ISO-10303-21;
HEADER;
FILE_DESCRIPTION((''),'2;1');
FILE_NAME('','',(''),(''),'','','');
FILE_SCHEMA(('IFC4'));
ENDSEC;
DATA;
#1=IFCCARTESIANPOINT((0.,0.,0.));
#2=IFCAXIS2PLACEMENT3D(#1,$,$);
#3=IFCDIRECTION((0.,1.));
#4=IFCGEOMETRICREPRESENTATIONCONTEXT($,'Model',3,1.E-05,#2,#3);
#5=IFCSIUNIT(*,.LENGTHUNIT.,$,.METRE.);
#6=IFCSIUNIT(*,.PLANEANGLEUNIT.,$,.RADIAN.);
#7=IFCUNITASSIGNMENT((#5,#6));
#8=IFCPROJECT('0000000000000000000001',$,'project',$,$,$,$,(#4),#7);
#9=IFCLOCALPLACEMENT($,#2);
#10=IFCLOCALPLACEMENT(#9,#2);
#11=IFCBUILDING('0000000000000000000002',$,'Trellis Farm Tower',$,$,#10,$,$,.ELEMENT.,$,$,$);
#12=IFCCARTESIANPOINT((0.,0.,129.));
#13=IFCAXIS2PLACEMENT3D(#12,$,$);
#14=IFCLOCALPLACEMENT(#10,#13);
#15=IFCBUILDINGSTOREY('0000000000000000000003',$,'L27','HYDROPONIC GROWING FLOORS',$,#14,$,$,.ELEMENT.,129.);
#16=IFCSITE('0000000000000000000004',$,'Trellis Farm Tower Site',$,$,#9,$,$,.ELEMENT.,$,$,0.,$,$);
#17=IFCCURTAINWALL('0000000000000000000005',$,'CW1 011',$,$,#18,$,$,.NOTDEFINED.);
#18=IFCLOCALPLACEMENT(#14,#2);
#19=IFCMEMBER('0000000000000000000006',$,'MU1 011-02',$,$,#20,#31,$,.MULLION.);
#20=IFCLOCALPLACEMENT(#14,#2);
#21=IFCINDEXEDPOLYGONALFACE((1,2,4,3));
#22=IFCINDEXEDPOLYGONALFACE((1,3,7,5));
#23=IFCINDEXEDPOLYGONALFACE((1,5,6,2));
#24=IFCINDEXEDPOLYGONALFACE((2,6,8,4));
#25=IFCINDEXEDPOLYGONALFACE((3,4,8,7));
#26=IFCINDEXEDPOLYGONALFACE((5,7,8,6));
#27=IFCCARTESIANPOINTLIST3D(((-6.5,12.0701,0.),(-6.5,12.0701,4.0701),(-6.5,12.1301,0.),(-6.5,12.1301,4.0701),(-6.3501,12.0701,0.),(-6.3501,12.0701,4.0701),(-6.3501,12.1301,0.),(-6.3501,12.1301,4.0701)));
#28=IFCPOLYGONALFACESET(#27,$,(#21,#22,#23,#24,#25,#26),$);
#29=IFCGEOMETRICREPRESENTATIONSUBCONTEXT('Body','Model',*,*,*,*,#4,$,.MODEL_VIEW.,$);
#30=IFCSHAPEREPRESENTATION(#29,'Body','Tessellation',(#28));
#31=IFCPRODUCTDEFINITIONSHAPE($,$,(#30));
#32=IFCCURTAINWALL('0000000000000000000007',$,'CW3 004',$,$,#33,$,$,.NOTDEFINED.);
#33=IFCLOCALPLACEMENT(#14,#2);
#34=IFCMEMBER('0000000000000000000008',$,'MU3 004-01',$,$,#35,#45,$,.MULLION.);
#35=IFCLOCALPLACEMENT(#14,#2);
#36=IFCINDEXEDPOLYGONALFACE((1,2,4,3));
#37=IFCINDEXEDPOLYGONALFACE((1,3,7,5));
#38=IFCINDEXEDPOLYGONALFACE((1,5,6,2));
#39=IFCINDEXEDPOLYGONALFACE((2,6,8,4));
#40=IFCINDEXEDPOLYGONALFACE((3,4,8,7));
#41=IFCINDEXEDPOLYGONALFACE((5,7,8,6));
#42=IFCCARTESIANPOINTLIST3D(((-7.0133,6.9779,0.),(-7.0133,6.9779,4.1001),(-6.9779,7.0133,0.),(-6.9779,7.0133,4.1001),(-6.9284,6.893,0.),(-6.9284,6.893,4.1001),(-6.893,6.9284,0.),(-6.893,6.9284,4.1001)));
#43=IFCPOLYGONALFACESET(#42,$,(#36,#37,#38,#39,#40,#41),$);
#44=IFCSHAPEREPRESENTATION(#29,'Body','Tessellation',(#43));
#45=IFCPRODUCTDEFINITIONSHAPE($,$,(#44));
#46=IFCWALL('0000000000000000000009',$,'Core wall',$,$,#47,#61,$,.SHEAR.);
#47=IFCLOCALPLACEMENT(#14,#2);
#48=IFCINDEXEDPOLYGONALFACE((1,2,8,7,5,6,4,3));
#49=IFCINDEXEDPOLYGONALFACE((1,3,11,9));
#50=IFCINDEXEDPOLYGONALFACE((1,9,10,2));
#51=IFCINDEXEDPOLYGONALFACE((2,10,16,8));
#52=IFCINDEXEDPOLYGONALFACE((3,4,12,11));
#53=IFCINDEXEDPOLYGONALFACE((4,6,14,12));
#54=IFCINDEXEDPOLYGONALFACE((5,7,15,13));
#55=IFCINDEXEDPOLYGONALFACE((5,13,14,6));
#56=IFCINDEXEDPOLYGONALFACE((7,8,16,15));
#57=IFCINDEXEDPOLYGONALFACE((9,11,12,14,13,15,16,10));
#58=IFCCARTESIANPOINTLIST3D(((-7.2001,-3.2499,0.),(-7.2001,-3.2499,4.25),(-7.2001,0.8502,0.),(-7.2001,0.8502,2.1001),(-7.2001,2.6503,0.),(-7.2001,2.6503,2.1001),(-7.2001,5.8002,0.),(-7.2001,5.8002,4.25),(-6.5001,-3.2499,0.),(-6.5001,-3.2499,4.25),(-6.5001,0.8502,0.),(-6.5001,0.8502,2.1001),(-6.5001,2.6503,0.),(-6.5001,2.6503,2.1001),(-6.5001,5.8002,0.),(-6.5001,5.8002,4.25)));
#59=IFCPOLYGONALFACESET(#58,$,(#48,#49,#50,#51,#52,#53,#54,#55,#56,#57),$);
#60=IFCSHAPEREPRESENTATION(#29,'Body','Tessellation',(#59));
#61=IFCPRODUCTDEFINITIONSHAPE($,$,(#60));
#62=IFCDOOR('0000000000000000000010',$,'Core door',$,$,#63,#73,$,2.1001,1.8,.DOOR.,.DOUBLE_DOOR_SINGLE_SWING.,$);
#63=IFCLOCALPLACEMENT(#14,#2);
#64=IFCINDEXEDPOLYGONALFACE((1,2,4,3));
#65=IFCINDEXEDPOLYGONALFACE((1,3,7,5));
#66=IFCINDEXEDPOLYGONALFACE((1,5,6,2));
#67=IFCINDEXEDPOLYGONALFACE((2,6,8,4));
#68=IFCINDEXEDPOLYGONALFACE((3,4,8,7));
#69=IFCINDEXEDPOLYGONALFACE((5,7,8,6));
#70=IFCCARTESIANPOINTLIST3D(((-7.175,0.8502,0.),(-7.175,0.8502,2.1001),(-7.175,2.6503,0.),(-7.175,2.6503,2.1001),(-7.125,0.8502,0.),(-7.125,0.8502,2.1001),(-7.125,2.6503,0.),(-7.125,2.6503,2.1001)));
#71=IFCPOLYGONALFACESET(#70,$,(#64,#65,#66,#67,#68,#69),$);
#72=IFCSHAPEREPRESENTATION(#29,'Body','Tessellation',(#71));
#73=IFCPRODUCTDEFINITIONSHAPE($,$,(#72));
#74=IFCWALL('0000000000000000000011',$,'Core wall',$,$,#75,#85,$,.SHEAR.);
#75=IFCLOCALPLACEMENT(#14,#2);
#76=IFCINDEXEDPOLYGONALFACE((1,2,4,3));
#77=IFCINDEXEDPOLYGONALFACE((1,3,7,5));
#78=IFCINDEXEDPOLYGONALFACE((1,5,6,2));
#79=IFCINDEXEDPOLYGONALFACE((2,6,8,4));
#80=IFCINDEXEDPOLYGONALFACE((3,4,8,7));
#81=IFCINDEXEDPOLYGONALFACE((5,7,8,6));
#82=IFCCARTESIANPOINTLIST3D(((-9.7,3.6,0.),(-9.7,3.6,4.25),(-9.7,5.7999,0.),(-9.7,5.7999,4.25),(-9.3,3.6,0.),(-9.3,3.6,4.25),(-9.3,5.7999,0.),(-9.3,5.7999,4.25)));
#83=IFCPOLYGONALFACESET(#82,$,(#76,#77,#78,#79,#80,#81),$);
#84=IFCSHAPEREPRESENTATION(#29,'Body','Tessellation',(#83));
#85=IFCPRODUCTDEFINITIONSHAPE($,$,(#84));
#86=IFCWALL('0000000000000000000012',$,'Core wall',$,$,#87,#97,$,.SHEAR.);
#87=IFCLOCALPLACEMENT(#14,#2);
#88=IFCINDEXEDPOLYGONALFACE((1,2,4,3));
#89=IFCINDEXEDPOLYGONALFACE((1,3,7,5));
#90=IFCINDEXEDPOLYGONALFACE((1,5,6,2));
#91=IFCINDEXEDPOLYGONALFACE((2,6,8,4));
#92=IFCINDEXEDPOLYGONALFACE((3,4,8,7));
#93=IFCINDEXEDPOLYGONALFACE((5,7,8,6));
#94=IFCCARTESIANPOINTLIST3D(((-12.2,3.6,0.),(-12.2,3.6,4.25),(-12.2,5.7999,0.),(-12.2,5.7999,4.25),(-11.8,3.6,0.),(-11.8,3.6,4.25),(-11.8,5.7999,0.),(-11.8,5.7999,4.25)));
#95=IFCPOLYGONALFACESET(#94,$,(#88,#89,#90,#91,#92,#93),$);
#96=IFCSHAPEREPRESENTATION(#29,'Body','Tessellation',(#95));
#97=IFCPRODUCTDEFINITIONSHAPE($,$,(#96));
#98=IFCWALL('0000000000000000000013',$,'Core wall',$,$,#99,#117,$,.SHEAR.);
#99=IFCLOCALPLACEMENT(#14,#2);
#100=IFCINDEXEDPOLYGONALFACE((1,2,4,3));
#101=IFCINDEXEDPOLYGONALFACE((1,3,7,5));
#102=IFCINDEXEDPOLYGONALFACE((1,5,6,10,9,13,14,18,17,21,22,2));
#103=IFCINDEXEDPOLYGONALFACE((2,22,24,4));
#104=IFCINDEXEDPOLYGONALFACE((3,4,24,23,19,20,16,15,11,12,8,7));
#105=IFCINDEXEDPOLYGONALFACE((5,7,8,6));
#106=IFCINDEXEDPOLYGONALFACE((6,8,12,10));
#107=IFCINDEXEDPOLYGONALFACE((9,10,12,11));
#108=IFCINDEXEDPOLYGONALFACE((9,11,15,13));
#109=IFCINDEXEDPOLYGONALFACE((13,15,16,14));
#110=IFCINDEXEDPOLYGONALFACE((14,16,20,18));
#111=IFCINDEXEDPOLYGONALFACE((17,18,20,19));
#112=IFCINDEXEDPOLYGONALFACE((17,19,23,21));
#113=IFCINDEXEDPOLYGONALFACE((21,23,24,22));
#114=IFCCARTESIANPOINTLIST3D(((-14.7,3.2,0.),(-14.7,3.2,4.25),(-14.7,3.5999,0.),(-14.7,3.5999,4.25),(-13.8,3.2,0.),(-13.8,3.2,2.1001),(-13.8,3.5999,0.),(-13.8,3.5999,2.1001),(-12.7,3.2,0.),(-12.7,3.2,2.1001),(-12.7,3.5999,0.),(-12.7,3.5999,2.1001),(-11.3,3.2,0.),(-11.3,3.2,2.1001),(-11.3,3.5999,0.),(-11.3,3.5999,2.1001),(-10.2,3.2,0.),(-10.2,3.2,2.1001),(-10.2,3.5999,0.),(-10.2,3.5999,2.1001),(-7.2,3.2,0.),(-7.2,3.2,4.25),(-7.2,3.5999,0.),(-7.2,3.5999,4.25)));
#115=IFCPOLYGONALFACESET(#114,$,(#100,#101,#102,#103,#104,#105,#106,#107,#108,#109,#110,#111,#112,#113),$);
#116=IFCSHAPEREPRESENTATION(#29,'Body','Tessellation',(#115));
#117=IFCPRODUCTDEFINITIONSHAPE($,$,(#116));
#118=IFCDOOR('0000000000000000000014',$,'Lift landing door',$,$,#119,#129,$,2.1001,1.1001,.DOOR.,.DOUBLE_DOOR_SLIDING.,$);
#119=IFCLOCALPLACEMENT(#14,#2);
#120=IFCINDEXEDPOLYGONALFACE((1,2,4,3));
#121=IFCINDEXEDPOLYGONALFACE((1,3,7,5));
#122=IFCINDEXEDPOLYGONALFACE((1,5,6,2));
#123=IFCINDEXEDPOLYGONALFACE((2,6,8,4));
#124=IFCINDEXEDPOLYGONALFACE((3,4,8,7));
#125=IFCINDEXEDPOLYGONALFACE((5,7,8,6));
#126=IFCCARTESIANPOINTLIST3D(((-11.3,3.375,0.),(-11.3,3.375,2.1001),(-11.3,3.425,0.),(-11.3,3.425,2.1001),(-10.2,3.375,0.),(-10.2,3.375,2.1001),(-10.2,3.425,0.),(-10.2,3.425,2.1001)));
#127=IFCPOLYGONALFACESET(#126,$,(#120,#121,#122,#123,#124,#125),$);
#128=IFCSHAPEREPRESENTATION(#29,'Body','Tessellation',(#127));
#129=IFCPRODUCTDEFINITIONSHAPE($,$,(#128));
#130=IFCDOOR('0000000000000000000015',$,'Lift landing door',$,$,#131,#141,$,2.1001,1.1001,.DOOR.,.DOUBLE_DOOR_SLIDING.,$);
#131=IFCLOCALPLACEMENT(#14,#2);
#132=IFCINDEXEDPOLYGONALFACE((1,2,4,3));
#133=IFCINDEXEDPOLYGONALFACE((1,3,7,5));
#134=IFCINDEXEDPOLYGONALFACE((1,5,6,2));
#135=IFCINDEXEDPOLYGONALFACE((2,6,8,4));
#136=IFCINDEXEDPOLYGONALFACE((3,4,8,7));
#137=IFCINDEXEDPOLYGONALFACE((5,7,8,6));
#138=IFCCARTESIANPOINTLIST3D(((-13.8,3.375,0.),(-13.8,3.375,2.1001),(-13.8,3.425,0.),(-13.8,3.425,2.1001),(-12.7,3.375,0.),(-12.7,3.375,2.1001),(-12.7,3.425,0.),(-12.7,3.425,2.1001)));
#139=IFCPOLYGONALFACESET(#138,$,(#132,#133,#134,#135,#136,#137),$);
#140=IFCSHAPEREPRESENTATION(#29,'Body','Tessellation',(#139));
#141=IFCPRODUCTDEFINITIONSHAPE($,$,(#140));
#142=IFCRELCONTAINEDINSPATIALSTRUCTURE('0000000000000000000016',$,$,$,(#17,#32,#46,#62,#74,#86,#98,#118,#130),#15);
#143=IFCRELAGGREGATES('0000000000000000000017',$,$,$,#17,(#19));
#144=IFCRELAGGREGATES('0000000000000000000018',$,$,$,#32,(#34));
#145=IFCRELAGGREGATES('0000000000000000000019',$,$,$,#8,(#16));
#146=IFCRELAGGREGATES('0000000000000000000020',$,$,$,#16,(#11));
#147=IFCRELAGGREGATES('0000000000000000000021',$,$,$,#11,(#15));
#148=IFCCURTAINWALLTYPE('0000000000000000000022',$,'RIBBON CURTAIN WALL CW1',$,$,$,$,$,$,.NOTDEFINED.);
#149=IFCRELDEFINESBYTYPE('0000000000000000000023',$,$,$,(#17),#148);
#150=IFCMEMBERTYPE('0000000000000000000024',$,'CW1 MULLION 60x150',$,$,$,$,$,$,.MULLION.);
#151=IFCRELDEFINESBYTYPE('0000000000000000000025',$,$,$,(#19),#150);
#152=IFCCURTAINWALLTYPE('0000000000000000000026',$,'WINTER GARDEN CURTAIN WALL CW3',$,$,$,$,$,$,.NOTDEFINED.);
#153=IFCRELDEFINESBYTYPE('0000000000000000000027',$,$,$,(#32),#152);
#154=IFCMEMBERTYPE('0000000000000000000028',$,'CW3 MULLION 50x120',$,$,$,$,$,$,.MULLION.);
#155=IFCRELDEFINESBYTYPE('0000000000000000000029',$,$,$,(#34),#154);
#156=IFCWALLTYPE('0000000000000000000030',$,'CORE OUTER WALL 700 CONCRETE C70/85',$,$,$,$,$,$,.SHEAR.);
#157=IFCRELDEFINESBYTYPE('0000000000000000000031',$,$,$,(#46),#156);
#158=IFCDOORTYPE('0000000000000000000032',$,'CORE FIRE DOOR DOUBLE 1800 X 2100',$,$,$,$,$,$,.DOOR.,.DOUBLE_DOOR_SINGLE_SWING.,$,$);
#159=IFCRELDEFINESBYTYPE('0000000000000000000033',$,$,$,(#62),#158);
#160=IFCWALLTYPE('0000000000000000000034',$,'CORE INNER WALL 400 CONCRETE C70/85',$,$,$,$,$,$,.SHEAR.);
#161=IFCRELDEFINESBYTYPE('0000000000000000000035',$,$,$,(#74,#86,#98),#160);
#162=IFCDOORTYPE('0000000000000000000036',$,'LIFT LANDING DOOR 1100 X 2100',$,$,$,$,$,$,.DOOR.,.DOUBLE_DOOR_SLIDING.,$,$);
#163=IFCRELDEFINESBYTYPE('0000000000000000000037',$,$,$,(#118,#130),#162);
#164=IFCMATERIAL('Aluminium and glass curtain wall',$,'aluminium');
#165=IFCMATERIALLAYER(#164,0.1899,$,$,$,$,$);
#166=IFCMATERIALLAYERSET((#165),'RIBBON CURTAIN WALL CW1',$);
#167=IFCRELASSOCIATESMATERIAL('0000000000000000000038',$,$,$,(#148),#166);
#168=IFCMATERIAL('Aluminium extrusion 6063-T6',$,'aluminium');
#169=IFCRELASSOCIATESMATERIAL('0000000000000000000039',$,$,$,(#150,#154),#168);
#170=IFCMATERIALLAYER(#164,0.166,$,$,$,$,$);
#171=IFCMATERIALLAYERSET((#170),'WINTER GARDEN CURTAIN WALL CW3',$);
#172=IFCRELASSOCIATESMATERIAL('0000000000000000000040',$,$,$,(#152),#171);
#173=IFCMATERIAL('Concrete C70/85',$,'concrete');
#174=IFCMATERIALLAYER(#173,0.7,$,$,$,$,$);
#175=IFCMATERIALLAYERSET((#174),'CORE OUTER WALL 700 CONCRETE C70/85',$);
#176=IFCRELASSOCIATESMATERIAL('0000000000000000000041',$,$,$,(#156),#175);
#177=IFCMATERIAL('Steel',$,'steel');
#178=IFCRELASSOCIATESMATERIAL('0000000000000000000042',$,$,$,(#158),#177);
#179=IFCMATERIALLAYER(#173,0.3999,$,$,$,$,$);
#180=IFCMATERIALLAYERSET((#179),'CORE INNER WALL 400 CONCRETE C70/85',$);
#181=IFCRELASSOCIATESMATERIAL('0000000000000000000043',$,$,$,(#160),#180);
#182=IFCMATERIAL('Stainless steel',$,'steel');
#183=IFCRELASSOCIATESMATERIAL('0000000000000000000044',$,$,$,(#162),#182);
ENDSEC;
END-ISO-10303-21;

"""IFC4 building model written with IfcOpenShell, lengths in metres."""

from ifc_helpers import new_model, si_unit, direction, frame, frame_2d, origin, origin_2d, place, context, subcontext, project, spatial, rectangle, extrude, source, transform, mapped, material, layer, layer_set, material_profile, profile_set, type_object, element, fill, aggregate, save


model = new_model("IFC4")

# Units and contexts
model_context = context("Model", 3, precision=1e-05, world=origin(), true_north=direction((0.0, 1.0)))
body_context = subcontext(model_context, "Body", "Model", "MODEL_VIEW")
ifc_project = project(units=[si_unit("LENGTHUNIT", "METRE"), si_unit("PLANEANGLEUNIT", "RADIAN")], contexts=[model_context])

# Site, building, storey
site_placement = place(None, origin())
site = spatial("IfcSite", under=ifc_project, at=site_placement, Name="Trellis Farm Tower Site", CompositionType="ELEMENT", RefElevation=0.0)
building_placement = place(site_placement, origin())
building = spatial("IfcBuilding", under=site, at=building_placement, Name="Trellis Farm Tower", CompositionType="ELEMENT")
storey_placement = place(building_placement, frame((0.0, 0.0, 129.0)))
storey = spatial("IfcBuildingStorey", under=building, at=storey_placement, Name="L27", Description="HYDROPONIC GROWING FLOORS", CompositionType="ELEMENT", Elevation=129.0)

# Shared definitions
ifc_material_1 = material(Name="Aluminium and glass curtain wall", Category="aluminium")
ifc_layer_1 = layer(ifc_material_1, 0.1899)
ifc_layer_set_1 = layer_set([ifc_layer_1], Name="RIBBON CURTAIN WALL CW1")
curtain_wall_type_1 = type_object("IfcCurtainWallType", Name="RIBBON CURTAIN WALL CW1", PredefinedType="NOTDEFINED", material=ifc_layer_set_1)
placement = place(storey_placement, origin())
ifc_material_2 = material(Name="Aluminium extrusion 6063-T6", Category="aluminium")
ifc_material_profile_1 = material_profile(ifc_material_2, rectangle(XDim=0.0601, YDim=0.1499, at=origin_2d()), Name="MULLION 60x150")
ifc_profile_set_1 = profile_set([ifc_material_profile_1], Name="Aluminium extrusion 6063-T6")
member_type_1 = type_object("IfcMemberType", Name="CW1 MULLION 60x150", PredefinedType="MULLION", material=ifc_profile_set_1)
shared_shape_1 = source(origin(), body_context, "Body", "SweptSolid", [
    extrude(rectangle(XDim=0.0601, YDim=0.1499, at=origin_2d()), origin(), (0.0, 0.0, 1.0), 4.0701),
])

# Curtain wall, member
curtain_wall_1 = element("IfcCurtainWall", 1, at=placement, inside=storey, type_object=curtain_wall_type_1, Name="CW1 011", PredefinedType="NOTDEFINED")
member_1_placement = place(storey_placement, frame((-6.425, 12.1001, 0.0), z_axis=(0.0, 0.0, 1.0), x_axis=(0.0, -1.0, 0.0)))
member_1 = element("IfcMember", 2, at=member_1_placement, type_object=member_type_1, Name="MU1 011-02", PredefinedType="MULLION", context=body_context, shape_type="MappedRepresentation", body=[
    mapped(shared_shape_1, transform((0.0, 0.0, 0.0))),
])
aggregate(curtain_wall_1, [member_1])

# Curtain wall, member
ifc_layer_2 = layer(ifc_material_1, 0.166)
ifc_layer_set_2 = layer_set([ifc_layer_2], Name="WINTER GARDEN CURTAIN WALL CW3")
curtain_wall_type_2 = type_object("IfcCurtainWallType", Name="WINTER GARDEN CURTAIN WALL CW3", PredefinedType="NOTDEFINED", material=ifc_layer_set_2)
curtain_wall_2 = element("IfcCurtainWall", 3, at=placement, inside=storey, type_object=curtain_wall_type_2, Name="CW3 004", PredefinedType="NOTDEFINED")
ifc_material_profile_2 = material_profile(ifc_material_2, rectangle(XDim=0.05, YDim=0.1201, at=origin_2d()), Name="MULLION 50x120")
ifc_profile_set_2 = profile_set([ifc_material_profile_2], Name="Aluminium extrusion 6063-T6")
member_type_2 = type_object("IfcMemberType", Name="CW3 MULLION 50x120", PredefinedType="MULLION", material=ifc_profile_set_2)
shared_shape_2 = source(origin(), body_context, "Body", "SweptSolid", [
    extrude(rectangle(XDim=0.05, YDim=0.1201, at=origin_2d()), origin(), (0.0, 0.0, 1.0), 4.1001),
])
member_2_placement = place(storey_placement, frame((-6.9531, 6.9531, 0.0), z_axis=(0.0, 0.0, 1.0), x_axis=(-0.707107, -0.707107, 0.0)))
member_2 = element("IfcMember", 4, at=member_2_placement, type_object=member_type_2, Name="MU3 004-01", PredefinedType="MULLION", context=body_context, shape_type="MappedRepresentation", body=[
    mapped(shared_shape_2, transform((0.0, 0.0, 0.0))),
])
aggregate(curtain_wall_2, [member_2])

# Wall, opening, door
ifc_material_3 = material(Name="Concrete C70/85", Category="concrete")
ifc_layer_3 = layer(ifc_material_3, 0.7)
ifc_layer_set_3 = layer_set([ifc_layer_3], Name="CORE OUTER WALL 700 CONCRETE C70/85")
wall_type_1 = type_object("IfcWallType", Name="CORE OUTER WALL 700 CONCRETE C70/85", PredefinedType="SHEAR", material=ifc_layer_set_3)
shared_shape_3 = source(origin(), body_context, "Body", "SweptSolid", [
    extrude(rectangle(XDim=9.05, YDim=0.7, at=frame_2d((4.5249, 0.0))), origin(), (0.0, 0.0, 1.0), 4.25),
])
wall_1_placement = place(storey_placement, frame((-6.8501, 5.8, 0.0), z_axis=(0.0, 0.0, 1.0), x_axis=(0.0, -1.0, 0.0)))
wall_1 = element("IfcWall", 5, at=wall_1_placement, inside=storey, type_object=wall_type_1, Name="Core wall", PredefinedType="SHEAR", context=body_context, shape_type="MappedRepresentation", body=[
    mapped(shared_shape_3, transform((0.0, 0.0, 0.0))),
])
shared_shape_4 = source(origin(), body_context, "Body", "SweptSolid", [
    extrude(rectangle(XDim=1.8, YDim=2.1001, at=frame_2d((0.8999, 1.05))), frame((0.0, 0.3601, 0.0), z_axis=(0.0, -1.0, 0.0), x_axis=(1.0, 0.0, 0.0)), (0.0, 0.0, 1.0), 0.7202),
])
opening_1_placement = place(wall_1_placement, frame((3.1499, 0.0, 0.0)))
opening_1 = element("IfcOpeningElement", 6, at=opening_1_placement, cuts=wall_1, PredefinedType="OPENING", context=body_context, shape_type="MappedRepresentation", body=[
    mapped(shared_shape_4, transform((0.0, 0.0, 0.0))),
])
ifc_material_4 = material(Name="Steel", Category="steel")
door_type_1 = type_object("IfcDoorType", Name="CORE FIRE DOOR DOUBLE 1800 X 2100", OperationType="DOUBLE_DOOR_SINGLE_SWING", PredefinedType="DOOR", material=ifc_material_4)
shared_shape_5 = source(origin(), body_context, "Body", "SweptSolid", [
    extrude(rectangle(XDim=1.8, YDim=2.1001, at=frame_2d((0.8999, 1.05))), frame((0.0, -0.2749, 0.0), z_axis=(0.0, -1.0, 0.0), x_axis=(1.0, 0.0, 0.0)), (0.0, 0.0, 1.0), 0.05),
])
door_1_placement = place(opening_1_placement, origin())
door_1 = element("IfcDoor", 7, at=door_1_placement, inside=storey, type_object=door_type_1, Name="Core door", OperationType="DOUBLE_DOOR_SINGLE_SWING", OverallHeight=2.1001, OverallWidth=1.8, PredefinedType="DOOR", context=body_context, shape_type="MappedRepresentation", body=[
    mapped(shared_shape_5, transform((0.0, 0.0, 0.0))),
])
fill(opening_1, door_1)

# Walls
ifc_layer_4 = layer(ifc_material_3, 0.3999)
ifc_layer_set_4 = layer_set([ifc_layer_4], Name="CORE INNER WALL 400 CONCRETE C70/85")
wall_type_2 = type_object("IfcWallType", Name="CORE INNER WALL 400 CONCRETE C70/85", PredefinedType="SHEAR", material=ifc_layer_set_4)
shared_shape_6 = source(origin(), body_context, "Body", "SweptSolid", [
    extrude(rectangle(XDim=2.2, YDim=0.3999, at=frame_2d((1.1001, 0.0))), origin(), (0.0, 0.0, 1.0), 4.25),
])
for number, where, z_axis, x_axis, name in (
    (8, (-9.5, 5.8, 0.0), (0.0, 0.0, 1.0), (0.0, -1.0, 0.0), "Core wall"),
    (9, (-12.0, 5.8, 0.0), (0.0, 0.0, 1.0), (0.0, -1.0, 0.0), "Core wall"),
):
    element("IfcWall", number, at=place(storey_placement, frame(where, z_axis=z_axis, x_axis=x_axis)), inside=storey, type_object=wall_type_2, Name=name, PredefinedType="SHEAR", context=body_context, shape_type="MappedRepresentation", body=[
        mapped(shared_shape_6, transform((0.0, 0.0, 0.0))),
    ])

# Wall, openings, doors
shared_shape_7 = source(origin(), body_context, "Body", "SweptSolid", [
    extrude(rectangle(XDim=7.5, YDim=0.3999, at=frame_2d((3.75, 0.0))), origin(), (0.0, 0.0, 1.0), 4.25),
])
wall_2_placement = place(storey_placement, frame((-7.2, 3.3999, 0.0), z_axis=(0.0, 0.0, 1.0), x_axis=(-1.0, 0.0, 0.0)))
wall_2 = element("IfcWall", 10, at=wall_2_placement, inside=storey, type_object=wall_type_2, Name="Core wall", PredefinedType="SHEAR", context=body_context, shape_type="MappedRepresentation", body=[
    mapped(shared_shape_7, transform((0.0, 0.0, 0.0))),
])
shared_shape_8 = source(origin(), body_context, "Body", "SweptSolid", [
    extrude(rectangle(XDim=1.1001, YDim=2.1001, at=frame_2d((0.55, 1.05))), frame((0.0, 0.21, 0.0), z_axis=(0.0, -1.0, 0.0), x_axis=(1.0, 0.0, 0.0)), (0.0, 0.0, 1.0), 0.4199),
])
opening_2_placement = place(wall_2_placement, frame((3.0, 0.0, 0.0)))
opening_2 = element("IfcOpeningElement", 11, at=opening_2_placement, cuts=wall_2, PredefinedType="OPENING", context=body_context, shape_type="MappedRepresentation", body=[
    mapped(shared_shape_8, transform((0.0, 0.0, 0.0))),
])
opening_3_placement = place(wall_2_placement, frame((5.5, 0.0, 0.0)))
opening_3 = element("IfcOpeningElement", 12, at=opening_3_placement, cuts=wall_2, PredefinedType="OPENING", context=body_context, shape_type="MappedRepresentation", body=[
    mapped(shared_shape_8, transform((0.0, 0.0, 0.0))),
])
ifc_material_5 = material(Name="Stainless steel", Category="steel")
door_type_2 = type_object("IfcDoorType", Name="LIFT LANDING DOOR 1100 X 2100", OperationType="DOUBLE_DOOR_SLIDING", PredefinedType="DOOR", material=ifc_material_5)
shared_shape_9 = source(origin(), body_context, "Body", "SweptSolid", [
    extrude(rectangle(XDim=1.1001, YDim=2.1001, at=frame_2d((0.55, 1.05))), frame((0.0, 0.0249, 0.0), z_axis=(0.0, -1.0, 0.0), x_axis=(1.0, 0.0, 0.0)), (0.0, 0.0, 1.0), 0.05),
])
door_2_placement = place(opening_2_placement, origin())
door_2 = element("IfcDoor", 13, at=door_2_placement, inside=storey, type_object=door_type_2, Name="Lift landing door", OperationType="DOUBLE_DOOR_SLIDING", OverallHeight=2.1001, OverallWidth=1.1001, PredefinedType="DOOR", context=body_context, shape_type="MappedRepresentation", body=[
    mapped(shared_shape_9, transform((0.0, 0.0, 0.0))),
])
fill(opening_2, door_2)
door_3_placement = place(opening_3_placement, origin())
door_3 = element("IfcDoor", 14, at=door_3_placement, inside=storey, type_object=door_type_2, Name="Lift landing door", OperationType="DOUBLE_DOOR_SLIDING", OverallHeight=2.1001, OverallWidth=1.1001, PredefinedType="DOOR", context=body_context, shape_type="MappedRepresentation", body=[
    mapped(shared_shape_9, transform((0.0, 0.0, 0.0))),
])
fill(opening_3, door_3)

save(model, "model.ifc")
